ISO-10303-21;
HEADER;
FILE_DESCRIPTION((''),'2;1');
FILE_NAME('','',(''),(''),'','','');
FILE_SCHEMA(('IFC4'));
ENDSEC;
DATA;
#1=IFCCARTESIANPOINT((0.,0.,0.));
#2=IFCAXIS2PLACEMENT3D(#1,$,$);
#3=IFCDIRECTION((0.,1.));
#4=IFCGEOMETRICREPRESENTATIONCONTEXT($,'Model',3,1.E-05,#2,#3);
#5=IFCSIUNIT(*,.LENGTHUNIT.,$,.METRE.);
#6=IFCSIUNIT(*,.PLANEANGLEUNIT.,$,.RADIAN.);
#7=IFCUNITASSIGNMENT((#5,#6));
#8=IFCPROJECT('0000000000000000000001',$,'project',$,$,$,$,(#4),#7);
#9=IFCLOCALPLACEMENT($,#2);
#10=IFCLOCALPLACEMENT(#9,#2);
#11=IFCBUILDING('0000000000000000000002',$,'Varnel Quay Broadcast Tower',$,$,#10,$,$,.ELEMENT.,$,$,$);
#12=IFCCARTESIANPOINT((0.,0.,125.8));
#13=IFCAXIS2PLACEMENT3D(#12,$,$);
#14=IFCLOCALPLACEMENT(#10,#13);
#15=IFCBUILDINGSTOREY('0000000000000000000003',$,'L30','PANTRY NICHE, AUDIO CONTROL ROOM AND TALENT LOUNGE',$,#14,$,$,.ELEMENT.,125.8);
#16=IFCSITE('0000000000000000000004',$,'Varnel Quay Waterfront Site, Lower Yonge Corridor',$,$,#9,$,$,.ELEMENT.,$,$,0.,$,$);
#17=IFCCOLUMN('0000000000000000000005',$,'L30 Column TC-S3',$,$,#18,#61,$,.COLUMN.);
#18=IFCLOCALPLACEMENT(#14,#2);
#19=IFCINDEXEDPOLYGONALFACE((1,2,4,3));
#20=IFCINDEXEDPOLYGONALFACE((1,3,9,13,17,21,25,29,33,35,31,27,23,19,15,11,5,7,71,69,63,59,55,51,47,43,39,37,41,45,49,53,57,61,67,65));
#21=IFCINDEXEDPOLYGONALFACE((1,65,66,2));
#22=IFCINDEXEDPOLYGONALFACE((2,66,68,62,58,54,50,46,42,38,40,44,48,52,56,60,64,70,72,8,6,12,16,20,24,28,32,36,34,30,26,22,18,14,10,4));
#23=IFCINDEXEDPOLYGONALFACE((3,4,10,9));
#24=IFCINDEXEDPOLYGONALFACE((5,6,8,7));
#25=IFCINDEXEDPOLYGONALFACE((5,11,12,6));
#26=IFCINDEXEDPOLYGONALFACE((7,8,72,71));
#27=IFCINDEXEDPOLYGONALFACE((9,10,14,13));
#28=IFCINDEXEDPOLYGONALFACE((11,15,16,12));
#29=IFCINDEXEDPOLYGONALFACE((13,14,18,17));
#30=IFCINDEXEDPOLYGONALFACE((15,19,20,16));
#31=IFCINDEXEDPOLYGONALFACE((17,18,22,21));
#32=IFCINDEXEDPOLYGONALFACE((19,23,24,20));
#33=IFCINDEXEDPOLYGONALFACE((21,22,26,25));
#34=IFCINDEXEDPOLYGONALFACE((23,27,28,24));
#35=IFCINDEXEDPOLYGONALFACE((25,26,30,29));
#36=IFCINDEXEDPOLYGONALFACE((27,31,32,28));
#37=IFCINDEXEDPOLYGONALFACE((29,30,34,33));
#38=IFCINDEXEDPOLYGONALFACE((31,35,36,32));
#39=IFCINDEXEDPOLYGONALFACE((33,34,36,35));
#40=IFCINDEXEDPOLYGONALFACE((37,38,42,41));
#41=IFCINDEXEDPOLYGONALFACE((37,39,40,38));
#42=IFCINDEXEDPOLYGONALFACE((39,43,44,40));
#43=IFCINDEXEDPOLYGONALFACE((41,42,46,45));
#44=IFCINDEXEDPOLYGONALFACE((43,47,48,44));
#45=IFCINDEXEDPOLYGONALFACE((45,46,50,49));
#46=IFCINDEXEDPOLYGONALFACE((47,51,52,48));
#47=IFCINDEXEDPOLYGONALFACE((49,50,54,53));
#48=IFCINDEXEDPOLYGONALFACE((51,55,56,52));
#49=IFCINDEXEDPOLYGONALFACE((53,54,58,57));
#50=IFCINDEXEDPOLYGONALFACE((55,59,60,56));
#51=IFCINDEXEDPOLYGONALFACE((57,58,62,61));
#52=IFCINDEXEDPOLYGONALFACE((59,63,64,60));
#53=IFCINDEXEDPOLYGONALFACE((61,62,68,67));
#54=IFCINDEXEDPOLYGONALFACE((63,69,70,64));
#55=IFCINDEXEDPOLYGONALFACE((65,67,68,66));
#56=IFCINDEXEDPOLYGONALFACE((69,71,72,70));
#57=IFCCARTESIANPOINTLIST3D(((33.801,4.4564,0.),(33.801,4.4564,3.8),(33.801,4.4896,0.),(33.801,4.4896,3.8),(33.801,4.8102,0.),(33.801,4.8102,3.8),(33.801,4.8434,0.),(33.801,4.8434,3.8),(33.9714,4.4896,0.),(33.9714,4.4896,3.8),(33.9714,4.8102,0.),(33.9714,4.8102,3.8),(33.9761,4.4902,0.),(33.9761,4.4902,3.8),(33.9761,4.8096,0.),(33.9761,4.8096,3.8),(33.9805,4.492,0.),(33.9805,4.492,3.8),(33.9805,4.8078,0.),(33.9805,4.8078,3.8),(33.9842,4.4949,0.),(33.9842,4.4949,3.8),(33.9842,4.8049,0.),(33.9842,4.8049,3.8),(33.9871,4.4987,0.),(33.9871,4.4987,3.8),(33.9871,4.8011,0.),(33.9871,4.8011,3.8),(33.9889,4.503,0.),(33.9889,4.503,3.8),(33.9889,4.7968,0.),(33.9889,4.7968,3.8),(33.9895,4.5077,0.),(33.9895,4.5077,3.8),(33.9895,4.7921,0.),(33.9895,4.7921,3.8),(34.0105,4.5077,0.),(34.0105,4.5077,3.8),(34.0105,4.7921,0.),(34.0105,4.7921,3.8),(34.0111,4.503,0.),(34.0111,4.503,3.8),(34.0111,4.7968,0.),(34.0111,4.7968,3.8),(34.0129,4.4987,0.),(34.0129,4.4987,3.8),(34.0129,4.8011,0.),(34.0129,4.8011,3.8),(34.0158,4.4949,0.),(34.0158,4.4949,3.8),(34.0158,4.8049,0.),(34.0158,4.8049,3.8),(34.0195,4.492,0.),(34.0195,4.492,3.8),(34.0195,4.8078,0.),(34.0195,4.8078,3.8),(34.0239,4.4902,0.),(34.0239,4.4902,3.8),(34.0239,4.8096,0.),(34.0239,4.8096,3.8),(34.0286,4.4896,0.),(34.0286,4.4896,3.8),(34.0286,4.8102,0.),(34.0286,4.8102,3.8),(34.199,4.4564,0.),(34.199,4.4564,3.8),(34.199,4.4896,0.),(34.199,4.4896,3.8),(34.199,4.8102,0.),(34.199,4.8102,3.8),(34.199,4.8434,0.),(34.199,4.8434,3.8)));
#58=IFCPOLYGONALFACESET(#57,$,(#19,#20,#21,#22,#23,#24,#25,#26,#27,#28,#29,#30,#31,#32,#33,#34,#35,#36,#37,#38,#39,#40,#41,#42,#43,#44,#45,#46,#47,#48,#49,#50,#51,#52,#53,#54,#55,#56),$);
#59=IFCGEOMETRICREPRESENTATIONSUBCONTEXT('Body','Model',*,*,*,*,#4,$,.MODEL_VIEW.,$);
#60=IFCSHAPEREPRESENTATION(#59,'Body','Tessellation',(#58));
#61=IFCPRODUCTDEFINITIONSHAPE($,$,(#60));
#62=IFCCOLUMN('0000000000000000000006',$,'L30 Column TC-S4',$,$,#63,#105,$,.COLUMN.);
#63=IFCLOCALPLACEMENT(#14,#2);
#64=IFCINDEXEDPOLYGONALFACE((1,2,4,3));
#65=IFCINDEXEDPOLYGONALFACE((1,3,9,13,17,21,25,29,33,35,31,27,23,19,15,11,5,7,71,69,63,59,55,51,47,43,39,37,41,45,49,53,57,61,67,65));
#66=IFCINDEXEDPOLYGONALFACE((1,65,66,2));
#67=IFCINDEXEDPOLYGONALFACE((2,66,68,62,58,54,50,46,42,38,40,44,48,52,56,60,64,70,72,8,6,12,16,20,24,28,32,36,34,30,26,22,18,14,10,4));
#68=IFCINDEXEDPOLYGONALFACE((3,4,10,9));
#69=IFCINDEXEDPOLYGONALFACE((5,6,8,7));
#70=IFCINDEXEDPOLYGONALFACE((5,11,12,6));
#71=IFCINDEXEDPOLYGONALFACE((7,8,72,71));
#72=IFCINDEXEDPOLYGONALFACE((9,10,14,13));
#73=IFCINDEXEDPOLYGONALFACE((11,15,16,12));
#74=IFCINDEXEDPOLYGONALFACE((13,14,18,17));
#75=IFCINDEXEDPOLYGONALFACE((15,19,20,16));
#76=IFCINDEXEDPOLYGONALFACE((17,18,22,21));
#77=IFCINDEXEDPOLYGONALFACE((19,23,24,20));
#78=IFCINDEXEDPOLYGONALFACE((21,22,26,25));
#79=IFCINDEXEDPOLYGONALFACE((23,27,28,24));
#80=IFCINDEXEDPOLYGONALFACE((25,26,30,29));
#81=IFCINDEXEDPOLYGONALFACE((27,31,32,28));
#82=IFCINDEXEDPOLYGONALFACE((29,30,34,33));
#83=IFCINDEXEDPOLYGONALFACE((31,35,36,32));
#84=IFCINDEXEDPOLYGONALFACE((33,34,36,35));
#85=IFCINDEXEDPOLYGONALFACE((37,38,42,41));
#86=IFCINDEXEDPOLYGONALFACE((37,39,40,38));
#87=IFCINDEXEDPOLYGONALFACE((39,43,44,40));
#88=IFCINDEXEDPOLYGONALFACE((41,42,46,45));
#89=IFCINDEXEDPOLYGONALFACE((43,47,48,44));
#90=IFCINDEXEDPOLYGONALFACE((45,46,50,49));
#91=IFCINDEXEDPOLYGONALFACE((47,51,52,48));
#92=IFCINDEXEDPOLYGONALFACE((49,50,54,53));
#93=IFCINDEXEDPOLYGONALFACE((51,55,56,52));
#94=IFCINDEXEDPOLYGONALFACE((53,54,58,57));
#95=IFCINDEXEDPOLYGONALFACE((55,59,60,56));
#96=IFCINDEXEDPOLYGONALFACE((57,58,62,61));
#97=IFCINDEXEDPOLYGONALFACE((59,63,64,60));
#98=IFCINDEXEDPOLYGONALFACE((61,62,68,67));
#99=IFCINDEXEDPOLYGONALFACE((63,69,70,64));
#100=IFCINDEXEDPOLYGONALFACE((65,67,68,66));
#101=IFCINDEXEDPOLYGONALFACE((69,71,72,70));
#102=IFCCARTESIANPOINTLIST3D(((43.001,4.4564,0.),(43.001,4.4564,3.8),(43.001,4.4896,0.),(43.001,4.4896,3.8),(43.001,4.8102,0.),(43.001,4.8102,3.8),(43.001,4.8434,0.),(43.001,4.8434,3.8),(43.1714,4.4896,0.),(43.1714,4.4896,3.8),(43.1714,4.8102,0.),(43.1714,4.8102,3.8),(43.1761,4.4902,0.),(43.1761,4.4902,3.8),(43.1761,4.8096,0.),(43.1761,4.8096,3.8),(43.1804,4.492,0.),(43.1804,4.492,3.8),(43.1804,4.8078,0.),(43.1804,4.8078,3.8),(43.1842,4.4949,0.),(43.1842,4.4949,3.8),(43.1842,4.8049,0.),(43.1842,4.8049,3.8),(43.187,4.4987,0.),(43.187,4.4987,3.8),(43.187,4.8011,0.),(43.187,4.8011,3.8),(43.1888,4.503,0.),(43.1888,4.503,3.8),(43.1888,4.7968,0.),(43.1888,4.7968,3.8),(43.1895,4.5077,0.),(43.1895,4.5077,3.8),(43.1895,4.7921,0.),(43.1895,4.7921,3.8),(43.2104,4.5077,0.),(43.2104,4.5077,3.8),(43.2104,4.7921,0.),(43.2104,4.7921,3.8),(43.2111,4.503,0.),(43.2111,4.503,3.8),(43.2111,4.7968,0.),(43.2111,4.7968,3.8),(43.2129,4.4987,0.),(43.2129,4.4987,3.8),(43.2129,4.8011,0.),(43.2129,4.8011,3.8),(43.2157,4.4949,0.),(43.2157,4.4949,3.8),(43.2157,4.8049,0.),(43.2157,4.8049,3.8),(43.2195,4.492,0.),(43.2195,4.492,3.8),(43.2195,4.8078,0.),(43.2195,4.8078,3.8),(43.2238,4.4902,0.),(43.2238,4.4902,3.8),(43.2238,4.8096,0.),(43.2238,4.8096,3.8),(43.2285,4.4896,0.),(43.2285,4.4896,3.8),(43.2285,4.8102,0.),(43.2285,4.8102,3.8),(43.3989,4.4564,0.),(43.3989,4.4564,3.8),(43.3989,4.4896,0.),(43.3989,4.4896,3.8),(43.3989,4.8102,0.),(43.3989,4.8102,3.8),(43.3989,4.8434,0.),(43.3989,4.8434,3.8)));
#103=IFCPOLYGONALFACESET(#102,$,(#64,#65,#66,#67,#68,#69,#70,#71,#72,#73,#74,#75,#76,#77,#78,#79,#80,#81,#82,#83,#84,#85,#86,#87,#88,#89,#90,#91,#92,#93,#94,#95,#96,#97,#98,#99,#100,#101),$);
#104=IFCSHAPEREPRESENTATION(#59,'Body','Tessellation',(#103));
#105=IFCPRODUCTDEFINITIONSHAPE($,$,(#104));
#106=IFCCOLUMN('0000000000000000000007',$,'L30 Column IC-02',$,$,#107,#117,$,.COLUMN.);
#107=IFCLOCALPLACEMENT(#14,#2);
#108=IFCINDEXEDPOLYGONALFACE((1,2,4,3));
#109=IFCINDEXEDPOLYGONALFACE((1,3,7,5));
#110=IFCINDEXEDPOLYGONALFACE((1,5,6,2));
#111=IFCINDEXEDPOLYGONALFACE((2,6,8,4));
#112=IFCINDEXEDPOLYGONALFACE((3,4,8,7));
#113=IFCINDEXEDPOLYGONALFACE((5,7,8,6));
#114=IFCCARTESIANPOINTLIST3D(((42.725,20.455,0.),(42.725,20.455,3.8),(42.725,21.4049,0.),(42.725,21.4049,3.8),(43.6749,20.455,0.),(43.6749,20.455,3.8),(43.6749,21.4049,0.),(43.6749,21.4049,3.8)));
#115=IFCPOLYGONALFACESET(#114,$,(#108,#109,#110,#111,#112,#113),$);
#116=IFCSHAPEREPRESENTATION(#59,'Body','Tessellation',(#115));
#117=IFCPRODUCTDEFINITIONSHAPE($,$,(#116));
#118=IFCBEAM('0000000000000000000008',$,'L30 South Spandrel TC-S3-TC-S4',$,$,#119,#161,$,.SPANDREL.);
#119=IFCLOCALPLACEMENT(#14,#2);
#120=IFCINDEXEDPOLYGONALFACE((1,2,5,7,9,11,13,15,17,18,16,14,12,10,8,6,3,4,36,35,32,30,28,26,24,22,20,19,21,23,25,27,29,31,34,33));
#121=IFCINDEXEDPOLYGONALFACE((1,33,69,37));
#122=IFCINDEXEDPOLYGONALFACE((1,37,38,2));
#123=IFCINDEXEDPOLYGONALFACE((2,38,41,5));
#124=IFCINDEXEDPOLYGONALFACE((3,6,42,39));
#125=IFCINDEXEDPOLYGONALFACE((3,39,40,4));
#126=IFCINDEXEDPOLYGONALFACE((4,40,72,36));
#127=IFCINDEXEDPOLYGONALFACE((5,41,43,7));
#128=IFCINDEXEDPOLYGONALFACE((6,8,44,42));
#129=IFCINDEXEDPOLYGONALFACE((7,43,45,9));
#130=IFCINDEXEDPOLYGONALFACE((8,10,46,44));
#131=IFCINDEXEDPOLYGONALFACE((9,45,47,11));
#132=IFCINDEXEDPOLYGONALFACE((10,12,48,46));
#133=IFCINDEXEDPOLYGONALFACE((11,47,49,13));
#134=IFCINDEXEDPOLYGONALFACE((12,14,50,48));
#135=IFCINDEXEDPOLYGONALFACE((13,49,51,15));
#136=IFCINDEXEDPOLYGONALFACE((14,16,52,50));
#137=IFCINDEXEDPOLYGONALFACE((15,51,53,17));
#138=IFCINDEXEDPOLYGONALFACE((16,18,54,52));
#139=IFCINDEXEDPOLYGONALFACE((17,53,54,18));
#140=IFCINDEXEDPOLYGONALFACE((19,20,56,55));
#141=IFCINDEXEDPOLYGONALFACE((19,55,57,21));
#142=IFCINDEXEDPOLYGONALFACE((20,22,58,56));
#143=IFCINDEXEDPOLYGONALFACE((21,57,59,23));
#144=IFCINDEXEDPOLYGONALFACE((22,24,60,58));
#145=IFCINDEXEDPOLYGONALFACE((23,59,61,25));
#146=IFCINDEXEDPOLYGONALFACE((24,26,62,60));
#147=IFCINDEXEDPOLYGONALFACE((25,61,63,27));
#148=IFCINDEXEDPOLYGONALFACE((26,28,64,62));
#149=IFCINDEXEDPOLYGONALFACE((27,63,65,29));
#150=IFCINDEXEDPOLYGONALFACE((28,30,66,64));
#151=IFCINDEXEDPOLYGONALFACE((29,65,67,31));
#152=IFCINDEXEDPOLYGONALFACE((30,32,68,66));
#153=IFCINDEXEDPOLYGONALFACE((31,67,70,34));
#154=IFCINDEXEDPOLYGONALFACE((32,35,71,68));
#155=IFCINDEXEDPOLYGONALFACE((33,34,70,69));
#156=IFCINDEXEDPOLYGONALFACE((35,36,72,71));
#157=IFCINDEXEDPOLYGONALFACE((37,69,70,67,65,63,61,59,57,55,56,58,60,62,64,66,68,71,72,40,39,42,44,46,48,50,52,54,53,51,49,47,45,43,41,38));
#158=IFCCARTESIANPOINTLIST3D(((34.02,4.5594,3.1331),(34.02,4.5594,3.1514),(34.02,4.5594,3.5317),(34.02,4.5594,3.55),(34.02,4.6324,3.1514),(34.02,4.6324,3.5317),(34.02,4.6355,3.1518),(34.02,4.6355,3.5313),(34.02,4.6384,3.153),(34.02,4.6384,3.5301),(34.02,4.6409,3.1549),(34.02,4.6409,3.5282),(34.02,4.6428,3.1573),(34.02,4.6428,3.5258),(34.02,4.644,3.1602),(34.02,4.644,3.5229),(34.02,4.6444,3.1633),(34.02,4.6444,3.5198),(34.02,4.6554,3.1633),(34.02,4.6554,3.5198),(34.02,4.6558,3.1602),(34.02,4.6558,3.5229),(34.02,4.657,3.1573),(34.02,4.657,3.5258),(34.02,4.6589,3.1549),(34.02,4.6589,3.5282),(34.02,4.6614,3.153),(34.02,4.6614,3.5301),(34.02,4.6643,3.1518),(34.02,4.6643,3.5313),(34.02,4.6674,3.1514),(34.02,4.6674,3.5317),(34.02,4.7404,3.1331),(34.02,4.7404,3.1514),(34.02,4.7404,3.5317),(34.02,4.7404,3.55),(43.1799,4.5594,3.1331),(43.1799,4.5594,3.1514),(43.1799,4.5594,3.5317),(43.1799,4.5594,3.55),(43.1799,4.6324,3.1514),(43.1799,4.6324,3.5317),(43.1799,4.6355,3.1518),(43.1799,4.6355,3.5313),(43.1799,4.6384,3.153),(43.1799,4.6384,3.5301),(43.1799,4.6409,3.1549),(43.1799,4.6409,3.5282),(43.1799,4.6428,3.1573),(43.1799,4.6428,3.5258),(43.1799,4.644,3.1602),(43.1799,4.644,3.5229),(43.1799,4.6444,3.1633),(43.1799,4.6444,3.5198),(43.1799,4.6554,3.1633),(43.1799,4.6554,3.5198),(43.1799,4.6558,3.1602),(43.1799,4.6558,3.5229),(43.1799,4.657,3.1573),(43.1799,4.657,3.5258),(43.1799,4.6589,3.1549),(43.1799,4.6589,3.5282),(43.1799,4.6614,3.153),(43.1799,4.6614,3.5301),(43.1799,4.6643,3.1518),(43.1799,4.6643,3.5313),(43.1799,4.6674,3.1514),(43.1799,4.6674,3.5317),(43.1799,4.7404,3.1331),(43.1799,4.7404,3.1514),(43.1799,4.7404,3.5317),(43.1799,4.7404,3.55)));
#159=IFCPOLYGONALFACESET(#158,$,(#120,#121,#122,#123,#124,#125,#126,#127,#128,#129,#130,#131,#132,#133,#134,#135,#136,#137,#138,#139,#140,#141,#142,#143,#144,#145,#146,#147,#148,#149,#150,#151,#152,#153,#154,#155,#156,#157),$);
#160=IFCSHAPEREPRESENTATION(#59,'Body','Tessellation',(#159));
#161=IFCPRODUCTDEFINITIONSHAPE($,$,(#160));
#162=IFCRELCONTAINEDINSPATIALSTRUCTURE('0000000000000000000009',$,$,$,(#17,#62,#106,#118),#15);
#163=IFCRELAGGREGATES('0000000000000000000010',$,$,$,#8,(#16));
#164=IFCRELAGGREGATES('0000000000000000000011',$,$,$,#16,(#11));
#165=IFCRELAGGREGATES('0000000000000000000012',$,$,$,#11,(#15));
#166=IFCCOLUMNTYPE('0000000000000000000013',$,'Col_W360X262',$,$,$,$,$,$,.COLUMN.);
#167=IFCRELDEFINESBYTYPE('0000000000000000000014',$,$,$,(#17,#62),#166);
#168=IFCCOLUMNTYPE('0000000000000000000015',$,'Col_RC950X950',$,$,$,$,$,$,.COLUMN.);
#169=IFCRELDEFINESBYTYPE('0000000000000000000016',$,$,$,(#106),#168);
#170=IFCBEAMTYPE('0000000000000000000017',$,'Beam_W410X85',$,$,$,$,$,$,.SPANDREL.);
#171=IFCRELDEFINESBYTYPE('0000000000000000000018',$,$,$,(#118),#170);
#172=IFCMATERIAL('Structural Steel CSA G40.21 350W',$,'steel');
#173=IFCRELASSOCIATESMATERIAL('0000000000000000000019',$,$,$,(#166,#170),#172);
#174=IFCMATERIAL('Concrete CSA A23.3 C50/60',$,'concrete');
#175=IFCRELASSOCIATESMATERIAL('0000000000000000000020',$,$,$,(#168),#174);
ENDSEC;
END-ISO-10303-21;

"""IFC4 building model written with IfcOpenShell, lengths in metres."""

from ifc_helpers import new_model, si_unit, direction, frame, origin, origin_2d, place, context, subcontext, project, spatial, rectangle, i_section, extrude, source, transform, mapped, material, material_profile, profile_set, type_object, type_shapes, element, save


model = new_model("IFC4")

# Units and contexts
model_context = context("Model", 3, precision=1e-05, world=origin(), true_north=direction((0.0, 1.0)))
body_context = subcontext(model_context, "Body", "Model", "MODEL_VIEW")
ifc_project = project(units=[si_unit("LENGTHUNIT", "METRE"), si_unit("PLANEANGLEUNIT", "RADIAN")], contexts=[model_context])

# Site, building, storey
site_placement = place(None, origin())
site = spatial("IfcSite", under=ifc_project, at=site_placement, Name="Varnel Quay Waterfront Site, Lower Yonge Corridor", CompositionType="ELEMENT", RefElevation=0.0)
building_placement = place(site_placement, origin())
building = spatial("IfcBuilding", under=site, at=building_placement, Name="Varnel Quay Broadcast Tower", CompositionType="ELEMENT")
storey_placement = place(building_placement, frame((0.0, 0.0, 125.8)))
storey = spatial("IfcBuildingStorey", under=building, at=storey_placement, Name="L30", Description="PANTRY NICHE, AUDIO CONTROL ROOM AND TALENT LOUNGE", CompositionType="ELEMENT", Elevation=125.8)

# Columns
ifc_material_1 = material(Name="Structural Steel CSA G40.21 350W", Category="steel")
ifc_material_profile_1 = material_profile(ifc_material_1, i_section(OverallWidth=0.3979, OverallDepth=0.387, WebThickness=0.021, FlangeThickness=0.0332, FilletRadius=0.0181, at=origin_2d()), Name="W360X262")
ifc_profile_set_1 = profile_set([ifc_material_profile_1], Name="Structural Steel CSA G40.21 350W")
column_type_1 = type_object("IfcColumnType", Name="Col_W360X262", PredefinedType="COLUMN", material=ifc_profile_set_1)
shared_shape_1 = source(origin(), body_context, "Body", "SweptSolid", [
    extrude(i_section(OverallWidth=0.3979, OverallDepth=0.387, WebThickness=0.021, FlangeThickness=0.0332, FilletRadius=0.0181, at=origin_2d()), origin(), (0.0, 0.0, 1.0), 3.8),
])
type_shapes(column_type_1, [shared_shape_1])
for number, where, z_axis, x_axis, name in (
    (1, (34.0, 4.6499, 0.0), (0.0, 0.0, 1.0), (1.0, 0.0, 0.0), "L30 Column TC-S3"),
    (2, (43.2, 4.6499, 0.0), (0.0, 0.0, 1.0), (1.0, 0.0, 0.0), "L30 Column TC-S4"),
):
    element("IfcColumn", number, at=place(storey_placement, frame(where, z_axis=z_axis, x_axis=x_axis)), inside=storey, type_object=column_type_1, Name=name, PredefinedType="COLUMN", context=body_context, shape_type="MappedRepresentation", body=[
        mapped(shared_shape_1, transform((0.0, 0.0, 0.0), x_axis=(1.0, 0.0, 0.0), y_axis=(0.0, 1.0, 0.0), z_axis=(0.0, 0.0, 1.0), scale=1.0)),
    ])
ifc_material_2 = material(Name="Concrete CSA A23.3 C50/60", Category="concrete")
ifc_material_profile_2 = material_profile(ifc_material_2, rectangle(XDim=0.95, YDim=0.95, at=origin_2d()), Name="RC950X950")
ifc_profile_set_2 = profile_set([ifc_material_profile_2], Name="Concrete CSA A23.3 C50/60")
column_type_2 = type_object("IfcColumnType", Name="Col_RC950X950", PredefinedType="COLUMN", material=ifc_profile_set_2)
shared_shape_2 = source(origin(), body_context, "Body", "SweptSolid", [
    extrude(rectangle(XDim=0.95, YDim=0.95, at=origin_2d()), origin(), (0.0, 0.0, 1.0), 3.8),
])
type_shapes(column_type_2, [shared_shape_2])
column_placement = place(storey_placement, frame((43.2, 20.9299, 0.0), z_axis=(0.0, 0.0, 1.0), x_axis=(1.0, 0.0, 0.0)))
element("IfcColumn", 3, at=column_placement, inside=storey, type_object=column_type_2, Name="L30 Column IC-02", PredefinedType="COLUMN", context=body_context, shape_type="MappedRepresentation", body=[
    mapped(shared_shape_2, transform((0.0, 0.0, 0.0), x_axis=(1.0, 0.0, 0.0), y_axis=(0.0, 1.0, 0.0), z_axis=(0.0, 0.0, 1.0), scale=1.0)),
])

# Beam
ifc_material_profile_3 = material_profile(ifc_material_1, i_section(OverallWidth=0.1809, OverallDepth=0.417, WebThickness=0.011, FlangeThickness=0.0183, FilletRadius=0.012, at=origin_2d()), Name="W410X85")
ifc_profile_set_3 = profile_set([ifc_material_profile_3], Name="Structural Steel CSA G40.21 350W")
beam_type_1 = type_object("IfcBeamType", Name="Beam_W410X85", PredefinedType="SPANDREL", material=ifc_profile_set_3)
shared_shape_3 = source(origin(), body_context, "Body", "SweptSolid", [
    extrude(i_section(OverallWidth=0.1809, OverallDepth=0.417, WebThickness=0.011, FlangeThickness=0.0183, FilletRadius=0.012, at=origin_2d()), origin(), (0.0, 0.0, 1.0), 9.1599),
])
type_shapes(beam_type_1, [shared_shape_3])
for number, where, z_axis, x_axis, name in (
    (4, (34.02, 4.6499, 3.3416), (1.0, 0.0, 0.0), (0.0, 1.0, 0.0), "L30 South Spandrel TC-S3-TC-S4"),
):
    element("IfcBeam", number, at=place(storey_placement, frame(where, z_axis=z_axis, x_axis=x_axis)), inside=storey, type_object=beam_type_1, Name=name, PredefinedType="SPANDREL", context=body_context, shape_type="MappedRepresentation", body=[
        mapped(shared_shape_3, transform((0.0, 0.0, 0.0), x_axis=(1.0, 0.0, 0.0), y_axis=(0.0, 1.0, 0.0), z_axis=(0.0, 0.0, 1.0), scale=1.0)),
    ])

save(model, "model.ifc")
